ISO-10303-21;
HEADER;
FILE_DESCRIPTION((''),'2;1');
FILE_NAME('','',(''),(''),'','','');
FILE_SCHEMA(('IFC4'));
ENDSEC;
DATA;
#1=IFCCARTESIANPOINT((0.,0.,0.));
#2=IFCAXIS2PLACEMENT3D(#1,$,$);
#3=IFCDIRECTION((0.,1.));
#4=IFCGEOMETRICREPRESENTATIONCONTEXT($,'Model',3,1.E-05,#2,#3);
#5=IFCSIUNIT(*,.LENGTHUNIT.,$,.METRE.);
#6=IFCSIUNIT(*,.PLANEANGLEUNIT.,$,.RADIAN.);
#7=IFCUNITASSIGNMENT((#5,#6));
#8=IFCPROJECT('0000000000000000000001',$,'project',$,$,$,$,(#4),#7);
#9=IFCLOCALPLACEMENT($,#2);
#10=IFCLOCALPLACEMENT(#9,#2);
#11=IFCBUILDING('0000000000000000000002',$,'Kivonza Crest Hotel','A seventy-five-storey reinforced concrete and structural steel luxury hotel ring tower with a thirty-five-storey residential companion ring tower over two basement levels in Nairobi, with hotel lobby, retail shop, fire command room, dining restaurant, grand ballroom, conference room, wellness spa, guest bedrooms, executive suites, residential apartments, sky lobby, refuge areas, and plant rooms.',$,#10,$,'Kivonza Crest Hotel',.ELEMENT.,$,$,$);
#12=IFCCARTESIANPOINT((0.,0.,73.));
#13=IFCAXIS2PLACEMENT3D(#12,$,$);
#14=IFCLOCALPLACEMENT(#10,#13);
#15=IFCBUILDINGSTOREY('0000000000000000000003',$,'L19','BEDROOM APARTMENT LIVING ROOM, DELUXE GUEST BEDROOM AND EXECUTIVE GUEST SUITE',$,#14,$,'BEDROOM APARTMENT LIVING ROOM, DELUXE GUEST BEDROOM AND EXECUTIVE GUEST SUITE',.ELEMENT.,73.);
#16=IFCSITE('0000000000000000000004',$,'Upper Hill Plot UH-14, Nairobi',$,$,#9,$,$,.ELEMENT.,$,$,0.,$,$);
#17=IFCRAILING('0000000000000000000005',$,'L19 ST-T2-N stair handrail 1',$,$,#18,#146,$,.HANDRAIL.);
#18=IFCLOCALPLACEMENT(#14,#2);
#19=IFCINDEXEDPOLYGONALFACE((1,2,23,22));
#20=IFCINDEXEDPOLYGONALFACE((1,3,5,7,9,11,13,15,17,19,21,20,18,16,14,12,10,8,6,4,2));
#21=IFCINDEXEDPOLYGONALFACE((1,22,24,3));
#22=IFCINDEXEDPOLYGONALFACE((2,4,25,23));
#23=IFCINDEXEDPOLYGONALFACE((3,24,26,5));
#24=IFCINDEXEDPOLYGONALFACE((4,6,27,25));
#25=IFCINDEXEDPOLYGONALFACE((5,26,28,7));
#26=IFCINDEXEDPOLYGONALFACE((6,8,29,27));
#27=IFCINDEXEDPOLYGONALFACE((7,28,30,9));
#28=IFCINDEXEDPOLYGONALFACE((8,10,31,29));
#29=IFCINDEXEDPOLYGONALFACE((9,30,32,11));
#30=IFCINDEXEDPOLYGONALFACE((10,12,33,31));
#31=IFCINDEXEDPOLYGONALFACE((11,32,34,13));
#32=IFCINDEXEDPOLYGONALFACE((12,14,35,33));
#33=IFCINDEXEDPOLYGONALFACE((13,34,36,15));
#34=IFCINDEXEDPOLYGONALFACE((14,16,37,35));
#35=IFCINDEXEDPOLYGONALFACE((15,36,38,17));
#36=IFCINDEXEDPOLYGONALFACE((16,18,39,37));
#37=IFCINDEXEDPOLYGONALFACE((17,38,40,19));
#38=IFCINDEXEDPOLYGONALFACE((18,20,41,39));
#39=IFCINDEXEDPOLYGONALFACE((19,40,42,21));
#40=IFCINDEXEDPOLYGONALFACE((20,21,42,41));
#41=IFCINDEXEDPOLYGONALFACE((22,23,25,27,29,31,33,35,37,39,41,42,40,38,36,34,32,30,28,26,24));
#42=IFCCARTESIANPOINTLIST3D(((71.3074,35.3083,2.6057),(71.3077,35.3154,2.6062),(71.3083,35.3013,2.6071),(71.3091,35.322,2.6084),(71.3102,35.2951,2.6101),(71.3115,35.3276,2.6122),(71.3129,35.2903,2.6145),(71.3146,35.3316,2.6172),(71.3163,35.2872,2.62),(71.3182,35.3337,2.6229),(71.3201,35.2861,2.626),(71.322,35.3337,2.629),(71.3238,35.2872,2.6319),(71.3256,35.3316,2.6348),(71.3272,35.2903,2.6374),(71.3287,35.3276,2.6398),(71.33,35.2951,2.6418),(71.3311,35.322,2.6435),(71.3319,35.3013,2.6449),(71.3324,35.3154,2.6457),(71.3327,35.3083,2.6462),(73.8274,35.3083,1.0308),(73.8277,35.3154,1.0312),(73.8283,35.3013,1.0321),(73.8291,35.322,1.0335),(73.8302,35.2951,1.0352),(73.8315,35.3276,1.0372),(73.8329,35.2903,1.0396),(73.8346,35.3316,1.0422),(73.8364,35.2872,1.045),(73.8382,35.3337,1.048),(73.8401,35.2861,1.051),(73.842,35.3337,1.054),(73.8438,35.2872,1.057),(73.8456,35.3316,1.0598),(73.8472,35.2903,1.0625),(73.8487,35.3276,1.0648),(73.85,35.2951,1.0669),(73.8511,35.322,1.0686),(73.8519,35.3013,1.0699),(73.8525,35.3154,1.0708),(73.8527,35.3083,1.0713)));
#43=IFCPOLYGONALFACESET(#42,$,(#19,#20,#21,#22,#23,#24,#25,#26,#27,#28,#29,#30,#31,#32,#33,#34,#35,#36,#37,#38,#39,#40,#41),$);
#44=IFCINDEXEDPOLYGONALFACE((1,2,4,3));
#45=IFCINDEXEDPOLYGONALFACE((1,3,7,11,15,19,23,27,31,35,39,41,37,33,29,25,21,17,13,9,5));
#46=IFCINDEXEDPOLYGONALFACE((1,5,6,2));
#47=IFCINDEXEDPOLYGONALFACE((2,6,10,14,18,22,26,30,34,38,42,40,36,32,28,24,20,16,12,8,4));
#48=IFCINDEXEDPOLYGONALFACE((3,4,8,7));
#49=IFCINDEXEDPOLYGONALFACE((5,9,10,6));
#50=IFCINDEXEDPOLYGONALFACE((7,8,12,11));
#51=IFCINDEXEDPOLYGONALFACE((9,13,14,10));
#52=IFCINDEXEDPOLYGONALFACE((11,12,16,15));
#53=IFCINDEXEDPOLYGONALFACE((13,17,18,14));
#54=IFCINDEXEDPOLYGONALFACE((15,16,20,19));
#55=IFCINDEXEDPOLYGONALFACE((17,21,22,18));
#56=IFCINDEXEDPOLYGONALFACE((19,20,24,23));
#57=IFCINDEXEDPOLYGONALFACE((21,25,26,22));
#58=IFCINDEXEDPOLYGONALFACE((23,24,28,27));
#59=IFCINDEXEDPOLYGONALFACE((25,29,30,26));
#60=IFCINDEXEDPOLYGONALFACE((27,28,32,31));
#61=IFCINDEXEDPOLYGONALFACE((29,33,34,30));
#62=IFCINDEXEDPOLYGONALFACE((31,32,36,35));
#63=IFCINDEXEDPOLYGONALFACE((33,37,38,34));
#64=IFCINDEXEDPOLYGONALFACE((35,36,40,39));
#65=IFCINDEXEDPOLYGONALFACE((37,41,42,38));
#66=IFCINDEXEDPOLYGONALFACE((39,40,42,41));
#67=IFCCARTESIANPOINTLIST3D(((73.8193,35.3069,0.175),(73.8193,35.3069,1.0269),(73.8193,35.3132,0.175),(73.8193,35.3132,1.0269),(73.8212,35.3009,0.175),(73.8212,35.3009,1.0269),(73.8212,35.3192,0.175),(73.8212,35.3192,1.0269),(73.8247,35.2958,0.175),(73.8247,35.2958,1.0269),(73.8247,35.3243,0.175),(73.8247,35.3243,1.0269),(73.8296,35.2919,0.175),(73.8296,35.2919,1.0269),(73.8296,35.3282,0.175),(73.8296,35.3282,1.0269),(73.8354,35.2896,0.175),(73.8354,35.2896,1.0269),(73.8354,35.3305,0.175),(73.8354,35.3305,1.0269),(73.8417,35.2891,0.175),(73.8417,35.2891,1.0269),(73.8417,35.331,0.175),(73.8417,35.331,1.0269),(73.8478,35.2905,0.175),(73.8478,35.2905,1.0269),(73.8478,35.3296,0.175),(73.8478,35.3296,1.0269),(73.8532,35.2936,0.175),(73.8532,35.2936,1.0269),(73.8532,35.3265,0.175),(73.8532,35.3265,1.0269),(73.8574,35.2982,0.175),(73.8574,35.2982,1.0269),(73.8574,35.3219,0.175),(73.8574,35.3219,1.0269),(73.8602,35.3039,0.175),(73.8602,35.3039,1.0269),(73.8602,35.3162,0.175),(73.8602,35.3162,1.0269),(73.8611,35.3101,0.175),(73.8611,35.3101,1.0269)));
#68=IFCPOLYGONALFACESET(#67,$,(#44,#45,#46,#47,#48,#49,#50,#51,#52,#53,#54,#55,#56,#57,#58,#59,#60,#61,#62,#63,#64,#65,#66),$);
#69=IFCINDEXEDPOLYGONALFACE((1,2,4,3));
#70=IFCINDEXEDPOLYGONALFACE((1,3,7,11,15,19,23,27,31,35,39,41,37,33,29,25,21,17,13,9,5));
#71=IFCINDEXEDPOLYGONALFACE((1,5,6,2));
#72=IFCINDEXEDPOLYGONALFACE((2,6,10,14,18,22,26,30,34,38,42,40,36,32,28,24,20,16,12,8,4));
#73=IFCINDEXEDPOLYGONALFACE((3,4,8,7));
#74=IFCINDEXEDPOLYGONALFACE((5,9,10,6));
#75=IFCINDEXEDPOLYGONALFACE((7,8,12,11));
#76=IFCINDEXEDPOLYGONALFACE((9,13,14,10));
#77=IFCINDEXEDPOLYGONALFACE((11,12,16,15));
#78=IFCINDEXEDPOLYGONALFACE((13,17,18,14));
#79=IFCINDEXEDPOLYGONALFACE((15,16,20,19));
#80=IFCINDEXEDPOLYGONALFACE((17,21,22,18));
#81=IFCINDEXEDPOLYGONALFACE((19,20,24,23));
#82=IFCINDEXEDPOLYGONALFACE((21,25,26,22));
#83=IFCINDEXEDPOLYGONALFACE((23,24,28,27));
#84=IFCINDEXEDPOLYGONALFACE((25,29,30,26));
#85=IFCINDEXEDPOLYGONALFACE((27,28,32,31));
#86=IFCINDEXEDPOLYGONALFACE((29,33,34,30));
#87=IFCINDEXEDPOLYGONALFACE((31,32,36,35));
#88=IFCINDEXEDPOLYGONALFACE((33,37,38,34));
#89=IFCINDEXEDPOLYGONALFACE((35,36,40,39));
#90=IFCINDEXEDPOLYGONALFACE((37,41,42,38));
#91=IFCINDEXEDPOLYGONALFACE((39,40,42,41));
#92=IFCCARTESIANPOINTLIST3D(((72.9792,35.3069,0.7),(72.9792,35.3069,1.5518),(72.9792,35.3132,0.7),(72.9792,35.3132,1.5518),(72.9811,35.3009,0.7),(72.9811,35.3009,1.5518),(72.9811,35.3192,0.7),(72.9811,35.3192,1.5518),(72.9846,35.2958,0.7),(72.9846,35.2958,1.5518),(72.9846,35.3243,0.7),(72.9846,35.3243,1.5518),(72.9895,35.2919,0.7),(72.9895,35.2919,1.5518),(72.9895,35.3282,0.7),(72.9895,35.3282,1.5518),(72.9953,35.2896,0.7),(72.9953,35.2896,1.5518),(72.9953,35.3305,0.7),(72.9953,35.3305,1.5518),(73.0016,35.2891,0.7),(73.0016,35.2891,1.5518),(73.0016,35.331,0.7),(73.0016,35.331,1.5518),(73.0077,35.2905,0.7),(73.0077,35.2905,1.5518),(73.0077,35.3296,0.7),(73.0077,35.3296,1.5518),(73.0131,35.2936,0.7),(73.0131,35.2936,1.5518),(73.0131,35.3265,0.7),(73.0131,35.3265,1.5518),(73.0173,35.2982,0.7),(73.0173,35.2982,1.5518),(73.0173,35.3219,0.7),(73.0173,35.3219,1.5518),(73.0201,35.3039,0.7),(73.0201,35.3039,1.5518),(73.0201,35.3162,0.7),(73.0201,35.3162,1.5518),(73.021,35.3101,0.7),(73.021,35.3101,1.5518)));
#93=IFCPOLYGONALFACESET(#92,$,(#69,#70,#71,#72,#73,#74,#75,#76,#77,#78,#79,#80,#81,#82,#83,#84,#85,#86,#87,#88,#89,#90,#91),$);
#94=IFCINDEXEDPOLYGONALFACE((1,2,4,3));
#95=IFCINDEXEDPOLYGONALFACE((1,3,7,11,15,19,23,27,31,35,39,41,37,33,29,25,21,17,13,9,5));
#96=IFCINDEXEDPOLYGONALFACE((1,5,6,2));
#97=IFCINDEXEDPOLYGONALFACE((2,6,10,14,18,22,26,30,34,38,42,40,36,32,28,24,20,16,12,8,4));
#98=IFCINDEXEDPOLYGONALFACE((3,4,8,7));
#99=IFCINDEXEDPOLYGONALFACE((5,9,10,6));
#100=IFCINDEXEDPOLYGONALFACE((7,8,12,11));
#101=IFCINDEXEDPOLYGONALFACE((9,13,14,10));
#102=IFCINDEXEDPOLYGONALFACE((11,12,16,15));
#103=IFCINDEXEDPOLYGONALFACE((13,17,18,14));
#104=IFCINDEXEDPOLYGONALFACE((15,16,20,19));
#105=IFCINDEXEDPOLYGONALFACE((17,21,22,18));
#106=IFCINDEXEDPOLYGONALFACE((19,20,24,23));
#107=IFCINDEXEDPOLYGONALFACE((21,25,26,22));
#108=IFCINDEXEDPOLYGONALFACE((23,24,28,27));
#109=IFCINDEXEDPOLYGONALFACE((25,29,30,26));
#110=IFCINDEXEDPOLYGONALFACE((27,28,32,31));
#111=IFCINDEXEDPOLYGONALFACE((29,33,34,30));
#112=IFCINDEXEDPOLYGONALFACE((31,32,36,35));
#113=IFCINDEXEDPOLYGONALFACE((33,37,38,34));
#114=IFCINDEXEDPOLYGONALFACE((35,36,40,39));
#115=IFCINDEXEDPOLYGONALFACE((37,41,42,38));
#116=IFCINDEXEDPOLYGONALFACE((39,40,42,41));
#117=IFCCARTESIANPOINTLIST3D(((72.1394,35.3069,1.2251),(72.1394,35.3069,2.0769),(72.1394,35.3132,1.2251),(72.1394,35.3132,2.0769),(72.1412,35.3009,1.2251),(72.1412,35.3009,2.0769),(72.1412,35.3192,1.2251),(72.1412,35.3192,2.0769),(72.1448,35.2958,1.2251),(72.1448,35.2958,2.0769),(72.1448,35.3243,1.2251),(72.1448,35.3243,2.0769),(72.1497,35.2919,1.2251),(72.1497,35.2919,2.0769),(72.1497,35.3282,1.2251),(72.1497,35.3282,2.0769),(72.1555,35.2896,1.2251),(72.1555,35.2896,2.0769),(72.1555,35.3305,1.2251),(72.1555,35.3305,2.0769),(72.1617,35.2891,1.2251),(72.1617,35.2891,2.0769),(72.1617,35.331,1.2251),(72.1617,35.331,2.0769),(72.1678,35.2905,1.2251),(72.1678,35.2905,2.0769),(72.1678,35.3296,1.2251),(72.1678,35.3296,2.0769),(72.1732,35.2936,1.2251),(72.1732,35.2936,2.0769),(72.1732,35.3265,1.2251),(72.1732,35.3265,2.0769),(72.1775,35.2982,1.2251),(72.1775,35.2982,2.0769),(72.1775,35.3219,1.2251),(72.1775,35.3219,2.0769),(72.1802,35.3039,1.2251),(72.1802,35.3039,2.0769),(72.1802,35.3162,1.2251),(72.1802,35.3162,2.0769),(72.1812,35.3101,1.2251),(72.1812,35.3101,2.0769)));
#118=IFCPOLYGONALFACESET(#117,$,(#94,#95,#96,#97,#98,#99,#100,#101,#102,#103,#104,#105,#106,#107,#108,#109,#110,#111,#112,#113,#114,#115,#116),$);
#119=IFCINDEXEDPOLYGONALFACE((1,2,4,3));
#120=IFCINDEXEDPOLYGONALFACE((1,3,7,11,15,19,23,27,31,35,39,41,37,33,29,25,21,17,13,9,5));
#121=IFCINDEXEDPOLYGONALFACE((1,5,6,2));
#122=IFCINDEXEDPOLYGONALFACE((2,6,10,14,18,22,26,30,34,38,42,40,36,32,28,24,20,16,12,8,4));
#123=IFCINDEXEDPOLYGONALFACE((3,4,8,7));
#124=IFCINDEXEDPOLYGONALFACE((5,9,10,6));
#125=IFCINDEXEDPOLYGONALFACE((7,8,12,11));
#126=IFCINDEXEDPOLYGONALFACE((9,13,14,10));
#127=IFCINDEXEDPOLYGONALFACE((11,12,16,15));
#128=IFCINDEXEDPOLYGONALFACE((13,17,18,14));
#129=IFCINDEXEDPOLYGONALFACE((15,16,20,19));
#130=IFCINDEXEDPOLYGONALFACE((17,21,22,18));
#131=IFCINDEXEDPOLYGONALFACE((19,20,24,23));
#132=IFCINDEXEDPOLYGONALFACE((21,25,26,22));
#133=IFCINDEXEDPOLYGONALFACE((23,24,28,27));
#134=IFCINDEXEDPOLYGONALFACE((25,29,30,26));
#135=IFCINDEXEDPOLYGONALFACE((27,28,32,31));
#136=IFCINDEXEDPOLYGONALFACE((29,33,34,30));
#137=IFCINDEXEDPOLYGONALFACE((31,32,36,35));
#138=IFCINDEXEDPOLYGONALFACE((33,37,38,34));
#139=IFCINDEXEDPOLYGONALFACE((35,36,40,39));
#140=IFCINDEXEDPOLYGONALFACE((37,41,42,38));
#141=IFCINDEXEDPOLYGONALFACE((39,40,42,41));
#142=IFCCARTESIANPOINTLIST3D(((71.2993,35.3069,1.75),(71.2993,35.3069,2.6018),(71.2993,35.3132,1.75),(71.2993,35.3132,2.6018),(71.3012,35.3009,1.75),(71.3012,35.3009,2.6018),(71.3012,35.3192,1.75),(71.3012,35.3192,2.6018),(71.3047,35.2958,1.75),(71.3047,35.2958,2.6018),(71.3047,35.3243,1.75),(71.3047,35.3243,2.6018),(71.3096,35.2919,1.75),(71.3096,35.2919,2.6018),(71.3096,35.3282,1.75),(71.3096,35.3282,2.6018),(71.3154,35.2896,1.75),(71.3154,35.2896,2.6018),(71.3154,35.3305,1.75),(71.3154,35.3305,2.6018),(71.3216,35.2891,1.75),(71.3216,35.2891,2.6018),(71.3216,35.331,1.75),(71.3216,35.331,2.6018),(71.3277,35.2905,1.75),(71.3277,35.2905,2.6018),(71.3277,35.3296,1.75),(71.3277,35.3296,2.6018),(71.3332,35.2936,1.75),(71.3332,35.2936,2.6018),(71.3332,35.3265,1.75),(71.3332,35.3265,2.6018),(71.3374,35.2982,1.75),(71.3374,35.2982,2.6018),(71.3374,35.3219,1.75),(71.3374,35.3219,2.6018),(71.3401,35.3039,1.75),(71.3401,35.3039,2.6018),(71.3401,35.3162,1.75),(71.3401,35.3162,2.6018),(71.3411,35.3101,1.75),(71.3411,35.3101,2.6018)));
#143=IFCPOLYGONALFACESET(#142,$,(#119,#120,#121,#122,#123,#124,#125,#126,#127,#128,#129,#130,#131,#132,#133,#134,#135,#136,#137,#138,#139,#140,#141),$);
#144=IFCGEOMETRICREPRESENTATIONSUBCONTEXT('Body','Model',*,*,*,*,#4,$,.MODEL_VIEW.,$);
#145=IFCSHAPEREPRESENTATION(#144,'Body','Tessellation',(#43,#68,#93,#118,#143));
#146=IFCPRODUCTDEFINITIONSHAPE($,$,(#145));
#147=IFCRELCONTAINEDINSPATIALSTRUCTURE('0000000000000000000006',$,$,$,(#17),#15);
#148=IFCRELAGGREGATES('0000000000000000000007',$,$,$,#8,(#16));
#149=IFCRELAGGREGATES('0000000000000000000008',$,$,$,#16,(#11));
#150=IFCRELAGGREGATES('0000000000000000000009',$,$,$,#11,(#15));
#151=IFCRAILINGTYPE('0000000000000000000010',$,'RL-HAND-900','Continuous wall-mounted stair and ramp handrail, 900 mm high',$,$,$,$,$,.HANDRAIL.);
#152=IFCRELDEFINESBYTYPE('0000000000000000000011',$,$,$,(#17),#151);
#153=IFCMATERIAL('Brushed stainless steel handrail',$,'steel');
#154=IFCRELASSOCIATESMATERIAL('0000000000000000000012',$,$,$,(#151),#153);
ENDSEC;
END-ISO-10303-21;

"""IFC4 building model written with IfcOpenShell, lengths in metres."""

from ifc_helpers import new_model, si_unit, direction, frame, origin, origin_2d, place, context, subcontext, project, spatial, circle, extrude, material, type_object, element, save


model = new_model("IFC4")

# Units and contexts
model_context = context("Model", 3, precision=1e-05, world=origin(), true_north=direction((0.0, 1.0)))
body_context = subcontext(model_context, "Body", "Model", "MODEL_VIEW")
ifc_project = project(units=[si_unit("LENGTHUNIT", "METRE"), si_unit("PLANEANGLEUNIT", "RADIAN")], contexts=[model_context])

# Site, building, storey
site_placement = place(None, origin())
site = spatial("IfcSite", under=ifc_project, at=site_placement, Name="Upper Hill Plot UH-14, Nairobi", CompositionType="ELEMENT", RefElevation=0.0)
building_placement = place(site_placement, origin())
building = spatial("IfcBuilding", under=site, at=building_placement, Name="Kivonza Crest Hotel", Description="A seventy-five-storey reinforced concrete and structural steel luxury hotel ring tower with a thirty-five-storey residential companion ring tower over two basement levels in Nairobi, with hotel lobby, retail shop, fire command room, dining restaurant, grand ballroom, conference room, wellness spa, guest bedrooms, executive suites, residential apartments, sky lobby, refuge areas, and plant rooms.", LongName="Kivonza Crest Hotel", CompositionType="ELEMENT")
storey_placement = place(building_placement, frame((0.0, 0.0, 73.0)))
storey = spatial("IfcBuildingStorey", under=building, at=storey_placement, Name="L19", Description="BEDROOM APARTMENT LIVING ROOM, DELUXE GUEST BEDROOM AND EXECUTIVE GUEST SUITE", LongName="BEDROOM APARTMENT LIVING ROOM, DELUXE GUEST BEDROOM AND EXECUTIVE GUEST SUITE", CompositionType="ELEMENT", Elevation=73.0)

# Railing
ifc_material_1 = material(Name="Brushed stainless steel handrail", Category="steel")
railing_type = type_object("IfcRailingType", Name="RL-HAND-900", Description="Continuous wall-mounted stair and ramp handrail, 900 mm high", PredefinedType="HANDRAIL", material=ifc_material_1)
railing_placement = place(storey_placement, frame((73.8401, 35.3101, 0.175)))
element("IfcRailing", 1, at=railing_placement, inside=storey, type_object=railing_type, Name="L19 ST-T2-N stair handrail 1", PredefinedType="HANDRAIL", context=body_context, shape_type="SweptSolid", body=[
    extrude(circle(Radius=0.0239, at=origin_2d()), frame((0.0, 0.0, 0.876), z_axis=(-0.848008, 0.0, 0.529984), x_axis=(0.0, -1.0, 0.0)), (0.0, 0.0, 1.0), 2.9717),
    extrude(circle(Radius=0.021, at=origin_2d()), origin(), (0.0, 0.0, 1.0), 0.8518),
    extrude(circle(Radius=0.021, at=origin_2d()), frame((-0.8401, 0.0, 0.5249)), (0.0, 0.0, 1.0), 0.8518),
    extrude(circle(Radius=0.021, at=origin_2d()), frame((-1.6799, 0.0, 1.05)), (0.0, 0.0, 1.0), 0.8518),
    extrude(circle(Radius=0.021, at=origin_2d()), frame((-2.52, 0.0, 1.575)), (0.0, 0.0, 1.0), 0.8518),
])

save(model, "model.ifc")
